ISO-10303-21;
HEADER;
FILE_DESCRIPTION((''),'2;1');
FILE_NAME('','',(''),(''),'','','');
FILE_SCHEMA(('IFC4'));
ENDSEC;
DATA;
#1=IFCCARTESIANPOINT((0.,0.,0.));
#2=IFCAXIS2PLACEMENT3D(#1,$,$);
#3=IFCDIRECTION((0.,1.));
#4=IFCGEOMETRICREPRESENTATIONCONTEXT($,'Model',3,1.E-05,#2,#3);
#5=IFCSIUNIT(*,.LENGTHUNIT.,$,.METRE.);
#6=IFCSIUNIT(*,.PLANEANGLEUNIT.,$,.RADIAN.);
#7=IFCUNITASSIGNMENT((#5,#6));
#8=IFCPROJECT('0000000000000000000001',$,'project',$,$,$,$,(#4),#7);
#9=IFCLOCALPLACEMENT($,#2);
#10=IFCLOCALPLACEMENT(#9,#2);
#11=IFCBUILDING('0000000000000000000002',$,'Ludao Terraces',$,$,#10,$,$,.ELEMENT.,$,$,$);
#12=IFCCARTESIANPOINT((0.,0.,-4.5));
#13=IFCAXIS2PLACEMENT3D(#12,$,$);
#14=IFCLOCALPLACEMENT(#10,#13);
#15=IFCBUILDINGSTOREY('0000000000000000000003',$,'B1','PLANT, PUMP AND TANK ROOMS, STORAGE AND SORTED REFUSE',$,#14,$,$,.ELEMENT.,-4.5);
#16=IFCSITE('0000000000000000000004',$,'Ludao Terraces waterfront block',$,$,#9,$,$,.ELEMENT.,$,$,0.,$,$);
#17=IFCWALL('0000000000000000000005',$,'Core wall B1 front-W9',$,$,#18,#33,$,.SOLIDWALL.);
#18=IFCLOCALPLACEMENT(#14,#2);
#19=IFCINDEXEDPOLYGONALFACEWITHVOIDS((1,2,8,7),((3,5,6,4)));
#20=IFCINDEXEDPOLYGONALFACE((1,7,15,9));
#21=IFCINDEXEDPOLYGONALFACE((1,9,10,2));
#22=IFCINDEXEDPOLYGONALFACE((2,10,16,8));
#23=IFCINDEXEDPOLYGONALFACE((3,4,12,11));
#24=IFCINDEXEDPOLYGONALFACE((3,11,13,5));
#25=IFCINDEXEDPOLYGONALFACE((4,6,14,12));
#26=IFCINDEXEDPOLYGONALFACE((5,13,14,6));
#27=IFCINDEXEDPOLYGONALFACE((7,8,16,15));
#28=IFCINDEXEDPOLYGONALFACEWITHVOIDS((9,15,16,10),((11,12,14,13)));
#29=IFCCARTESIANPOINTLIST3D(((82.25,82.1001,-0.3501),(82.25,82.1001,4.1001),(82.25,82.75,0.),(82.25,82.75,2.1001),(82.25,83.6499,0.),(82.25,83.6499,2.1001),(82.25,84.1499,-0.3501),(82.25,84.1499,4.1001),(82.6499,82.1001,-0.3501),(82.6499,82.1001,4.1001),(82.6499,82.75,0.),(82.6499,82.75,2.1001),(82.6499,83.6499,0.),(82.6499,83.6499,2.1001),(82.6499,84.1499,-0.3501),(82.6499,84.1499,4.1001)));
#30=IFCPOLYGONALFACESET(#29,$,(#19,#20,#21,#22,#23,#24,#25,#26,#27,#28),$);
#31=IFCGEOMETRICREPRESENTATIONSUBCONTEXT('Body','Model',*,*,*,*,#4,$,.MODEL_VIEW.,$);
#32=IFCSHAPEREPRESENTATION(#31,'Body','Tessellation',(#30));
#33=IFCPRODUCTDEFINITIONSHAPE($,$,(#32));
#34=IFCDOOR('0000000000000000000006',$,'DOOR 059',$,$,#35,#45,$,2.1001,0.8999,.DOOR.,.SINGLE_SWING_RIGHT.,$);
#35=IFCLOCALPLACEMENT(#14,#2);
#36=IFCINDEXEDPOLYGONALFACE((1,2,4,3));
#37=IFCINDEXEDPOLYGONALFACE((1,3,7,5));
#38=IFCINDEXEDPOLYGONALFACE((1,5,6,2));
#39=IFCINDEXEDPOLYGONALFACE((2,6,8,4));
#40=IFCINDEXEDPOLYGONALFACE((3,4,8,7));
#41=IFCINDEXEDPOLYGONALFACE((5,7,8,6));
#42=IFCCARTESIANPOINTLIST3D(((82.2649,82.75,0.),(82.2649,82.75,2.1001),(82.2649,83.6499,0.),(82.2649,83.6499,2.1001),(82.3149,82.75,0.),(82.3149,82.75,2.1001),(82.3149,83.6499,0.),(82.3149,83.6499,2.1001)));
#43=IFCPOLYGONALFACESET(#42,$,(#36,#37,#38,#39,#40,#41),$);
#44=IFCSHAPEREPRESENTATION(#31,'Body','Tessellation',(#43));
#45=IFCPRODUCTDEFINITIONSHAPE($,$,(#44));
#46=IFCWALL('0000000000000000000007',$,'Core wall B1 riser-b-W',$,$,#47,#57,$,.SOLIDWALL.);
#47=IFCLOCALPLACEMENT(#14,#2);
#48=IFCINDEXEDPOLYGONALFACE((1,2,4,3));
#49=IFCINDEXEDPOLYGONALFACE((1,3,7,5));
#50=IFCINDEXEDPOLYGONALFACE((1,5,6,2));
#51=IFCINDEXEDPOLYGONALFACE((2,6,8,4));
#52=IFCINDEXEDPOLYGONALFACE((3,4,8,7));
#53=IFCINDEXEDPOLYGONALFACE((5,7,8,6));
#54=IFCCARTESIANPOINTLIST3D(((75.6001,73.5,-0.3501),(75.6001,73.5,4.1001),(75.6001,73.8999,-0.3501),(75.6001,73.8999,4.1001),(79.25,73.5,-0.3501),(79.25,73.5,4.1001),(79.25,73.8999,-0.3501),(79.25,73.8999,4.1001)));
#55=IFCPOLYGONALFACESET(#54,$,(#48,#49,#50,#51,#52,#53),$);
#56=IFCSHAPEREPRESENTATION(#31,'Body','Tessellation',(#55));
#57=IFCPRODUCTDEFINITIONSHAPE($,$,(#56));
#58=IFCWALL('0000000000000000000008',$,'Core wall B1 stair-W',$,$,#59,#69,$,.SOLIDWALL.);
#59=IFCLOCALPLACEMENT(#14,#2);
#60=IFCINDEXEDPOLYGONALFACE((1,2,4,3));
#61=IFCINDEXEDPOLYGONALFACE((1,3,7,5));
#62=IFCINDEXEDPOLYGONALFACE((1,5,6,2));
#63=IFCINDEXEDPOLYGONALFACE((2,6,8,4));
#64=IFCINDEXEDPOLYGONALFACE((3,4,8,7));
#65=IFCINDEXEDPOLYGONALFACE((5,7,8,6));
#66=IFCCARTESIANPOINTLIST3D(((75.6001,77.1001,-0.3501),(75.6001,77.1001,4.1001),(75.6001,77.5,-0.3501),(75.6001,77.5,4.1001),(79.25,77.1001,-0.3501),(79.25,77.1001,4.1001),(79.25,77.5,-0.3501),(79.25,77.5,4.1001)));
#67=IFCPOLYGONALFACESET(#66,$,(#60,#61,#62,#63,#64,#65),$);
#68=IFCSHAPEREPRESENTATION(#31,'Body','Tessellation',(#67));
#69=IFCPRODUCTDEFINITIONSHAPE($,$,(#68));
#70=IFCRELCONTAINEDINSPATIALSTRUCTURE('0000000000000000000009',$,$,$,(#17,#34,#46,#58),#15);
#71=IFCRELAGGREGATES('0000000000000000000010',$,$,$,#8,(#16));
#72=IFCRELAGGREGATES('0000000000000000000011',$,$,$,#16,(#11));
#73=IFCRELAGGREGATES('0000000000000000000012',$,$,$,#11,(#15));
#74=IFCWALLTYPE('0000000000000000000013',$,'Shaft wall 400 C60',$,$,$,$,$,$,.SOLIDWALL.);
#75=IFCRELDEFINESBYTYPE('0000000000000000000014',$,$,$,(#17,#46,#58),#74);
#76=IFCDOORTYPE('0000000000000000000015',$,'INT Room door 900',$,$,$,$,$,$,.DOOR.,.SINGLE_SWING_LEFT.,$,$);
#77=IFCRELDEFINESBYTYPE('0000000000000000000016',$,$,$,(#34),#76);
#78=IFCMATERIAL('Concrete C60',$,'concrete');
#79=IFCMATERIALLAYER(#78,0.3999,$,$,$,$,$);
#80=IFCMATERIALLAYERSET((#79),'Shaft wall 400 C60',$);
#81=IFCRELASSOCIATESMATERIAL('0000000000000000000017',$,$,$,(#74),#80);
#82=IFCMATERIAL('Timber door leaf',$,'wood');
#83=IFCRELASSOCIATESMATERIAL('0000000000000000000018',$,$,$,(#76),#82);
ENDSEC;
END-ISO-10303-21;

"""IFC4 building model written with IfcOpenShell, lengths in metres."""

from ifc_helpers import new_model, si_unit, direction, frame, frame_2d, origin, place, context, subcontext, project, spatial, rectangle, extrude, material, layer, layer_set, type_object, element, fill, save


model = new_model("IFC4")

# Units and contexts
model_context = context("Model", 3, precision=1e-05, world=origin(), true_north=direction((0.0, 1.0)))
body_context = subcontext(model_context, "Body", "Model", "MODEL_VIEW")
ifc_project = project(units=[si_unit("LENGTHUNIT", "METRE"), si_unit("PLANEANGLEUNIT", "RADIAN")], contexts=[model_context])

# Site, building, storey
site_placement = place(None, origin())
site = spatial("IfcSite", under=ifc_project, at=site_placement, Name="Ludao Terraces waterfront block", CompositionType="ELEMENT", RefElevation=0.0)
building_placement = place(site_placement, origin())
building = spatial("IfcBuilding", under=site, at=building_placement, Name="Ludao Terraces", CompositionType="ELEMENT")
storey_placement = place(building_placement, frame((0.0, 0.0, -4.5)))
storey = spatial("IfcBuildingStorey", under=building, at=storey_placement, Name="B1", Description="PLANT, PUMP AND TANK ROOMS, STORAGE AND SORTED REFUSE", CompositionType="ELEMENT", Elevation=-4.5)

# Shared definitions
ifc_material_1 = material(Name="Concrete C60", Category="concrete")

# Shared definitions
ifc_layer_1 = layer(ifc_material_1, 0.3999)
ifc_layer_set_1 = layer_set([ifc_layer_1], Name="Shaft wall 400 C60")
wall_type_1 = type_object("IfcWallType", Name="Shaft wall 400 C60", PredefinedType="SOLIDWALL", material=ifc_layer_set_1)

# Wall, opening, door
wall_1_placement = place(storey_placement, frame((82.45, 82.1001, -0.3501), z_axis=(0.0, 0.0, 1.0), x_axis=(0.0, 1.0, 0.0)))
wall_1 = element("IfcWall", 1, at=wall_1_placement, inside=storey, type_object=wall_type_1, Name="Core wall B1 front-W9", PredefinedType="SOLIDWALL", context=body_context, shape_type="SweptSolid", body=[
    extrude(rectangle(XDim=2.0498, YDim=0.3999, at=frame_2d((1.0249, 0.0))), origin(), (0.0, 0.0, 1.0), 4.4502),
])
opening_1_placement = place(wall_1_placement, frame((0.6499, 0.0, 0.3501)))
opening_1 = element("IfcOpeningElement", 2, at=opening_1_placement, cuts=wall_1, PredefinedType="OPENING", context=body_context, shape_type="SweptSolid", body=[
    extrude(rectangle(XDim=0.8999, YDim=2.1001, at=frame_2d((0.45, 1.05))), frame((0.0, 0.21, 0.0), z_axis=(0.0, -1.0, 0.0), x_axis=(1.0, 0.0, 0.0)), (0.0, 0.0, 1.0), 0.4199),
])
ifc_material_2 = material(Name="Timber door leaf", Category="wood")
door_type_1 = type_object("IfcDoorType", Name="INT Room door 900", OperationType="SINGLE_SWING_LEFT", PredefinedType="DOOR", material=ifc_material_2)
door_1_placement = place(opening_1_placement, origin())
door_1 = element("IfcDoor", 3, at=door_1_placement, inside=storey, type_object=door_type_1, Name="DOOR 059", OperationType="SINGLE_SWING_RIGHT", OverallHeight=2.1001, OverallWidth=0.8999, PredefinedType="DOOR", context=body_context, shape_type="SweptSolid", body=[
    extrude(rectangle(XDim=0.8999, YDim=2.1001, at=frame_2d((0.45, 1.05))), frame((0.0, 0.1851, 0.0), z_axis=(0.0, -1.0, 0.0), x_axis=(1.0, 0.0, 0.0)), (0.0, 0.0, 1.0), 0.05),
])
fill(opening_1, door_1)

# Walls
for number, where, z_axis, x_axis, name in (
    (4, (75.6001, 73.7, -0.3501), (0.0, 0.0, 1.0), (1.0, 0.0, 0.0), "Core wall B1 riser-b-W"),
    (5, (75.6001, 77.3, -0.3501), (0.0, 0.0, 1.0), (1.0, 0.0, 0.0), "Core wall B1 stair-W"),
):
    element("IfcWall", number, at=place(storey_placement, frame(where, z_axis=z_axis, x_axis=x_axis)), inside=storey, type_object=wall_type_1, Name=name, PredefinedType="SOLIDWALL", context=body_context, shape_type="SweptSolid", body=[
        extrude(rectangle(XDim=3.6499, YDim=0.3999, at=frame_2d((1.825, 0.0))), origin(), (0.0, 0.0, 1.0), 4.4502),
    ])

save(model, "model.ifc")
